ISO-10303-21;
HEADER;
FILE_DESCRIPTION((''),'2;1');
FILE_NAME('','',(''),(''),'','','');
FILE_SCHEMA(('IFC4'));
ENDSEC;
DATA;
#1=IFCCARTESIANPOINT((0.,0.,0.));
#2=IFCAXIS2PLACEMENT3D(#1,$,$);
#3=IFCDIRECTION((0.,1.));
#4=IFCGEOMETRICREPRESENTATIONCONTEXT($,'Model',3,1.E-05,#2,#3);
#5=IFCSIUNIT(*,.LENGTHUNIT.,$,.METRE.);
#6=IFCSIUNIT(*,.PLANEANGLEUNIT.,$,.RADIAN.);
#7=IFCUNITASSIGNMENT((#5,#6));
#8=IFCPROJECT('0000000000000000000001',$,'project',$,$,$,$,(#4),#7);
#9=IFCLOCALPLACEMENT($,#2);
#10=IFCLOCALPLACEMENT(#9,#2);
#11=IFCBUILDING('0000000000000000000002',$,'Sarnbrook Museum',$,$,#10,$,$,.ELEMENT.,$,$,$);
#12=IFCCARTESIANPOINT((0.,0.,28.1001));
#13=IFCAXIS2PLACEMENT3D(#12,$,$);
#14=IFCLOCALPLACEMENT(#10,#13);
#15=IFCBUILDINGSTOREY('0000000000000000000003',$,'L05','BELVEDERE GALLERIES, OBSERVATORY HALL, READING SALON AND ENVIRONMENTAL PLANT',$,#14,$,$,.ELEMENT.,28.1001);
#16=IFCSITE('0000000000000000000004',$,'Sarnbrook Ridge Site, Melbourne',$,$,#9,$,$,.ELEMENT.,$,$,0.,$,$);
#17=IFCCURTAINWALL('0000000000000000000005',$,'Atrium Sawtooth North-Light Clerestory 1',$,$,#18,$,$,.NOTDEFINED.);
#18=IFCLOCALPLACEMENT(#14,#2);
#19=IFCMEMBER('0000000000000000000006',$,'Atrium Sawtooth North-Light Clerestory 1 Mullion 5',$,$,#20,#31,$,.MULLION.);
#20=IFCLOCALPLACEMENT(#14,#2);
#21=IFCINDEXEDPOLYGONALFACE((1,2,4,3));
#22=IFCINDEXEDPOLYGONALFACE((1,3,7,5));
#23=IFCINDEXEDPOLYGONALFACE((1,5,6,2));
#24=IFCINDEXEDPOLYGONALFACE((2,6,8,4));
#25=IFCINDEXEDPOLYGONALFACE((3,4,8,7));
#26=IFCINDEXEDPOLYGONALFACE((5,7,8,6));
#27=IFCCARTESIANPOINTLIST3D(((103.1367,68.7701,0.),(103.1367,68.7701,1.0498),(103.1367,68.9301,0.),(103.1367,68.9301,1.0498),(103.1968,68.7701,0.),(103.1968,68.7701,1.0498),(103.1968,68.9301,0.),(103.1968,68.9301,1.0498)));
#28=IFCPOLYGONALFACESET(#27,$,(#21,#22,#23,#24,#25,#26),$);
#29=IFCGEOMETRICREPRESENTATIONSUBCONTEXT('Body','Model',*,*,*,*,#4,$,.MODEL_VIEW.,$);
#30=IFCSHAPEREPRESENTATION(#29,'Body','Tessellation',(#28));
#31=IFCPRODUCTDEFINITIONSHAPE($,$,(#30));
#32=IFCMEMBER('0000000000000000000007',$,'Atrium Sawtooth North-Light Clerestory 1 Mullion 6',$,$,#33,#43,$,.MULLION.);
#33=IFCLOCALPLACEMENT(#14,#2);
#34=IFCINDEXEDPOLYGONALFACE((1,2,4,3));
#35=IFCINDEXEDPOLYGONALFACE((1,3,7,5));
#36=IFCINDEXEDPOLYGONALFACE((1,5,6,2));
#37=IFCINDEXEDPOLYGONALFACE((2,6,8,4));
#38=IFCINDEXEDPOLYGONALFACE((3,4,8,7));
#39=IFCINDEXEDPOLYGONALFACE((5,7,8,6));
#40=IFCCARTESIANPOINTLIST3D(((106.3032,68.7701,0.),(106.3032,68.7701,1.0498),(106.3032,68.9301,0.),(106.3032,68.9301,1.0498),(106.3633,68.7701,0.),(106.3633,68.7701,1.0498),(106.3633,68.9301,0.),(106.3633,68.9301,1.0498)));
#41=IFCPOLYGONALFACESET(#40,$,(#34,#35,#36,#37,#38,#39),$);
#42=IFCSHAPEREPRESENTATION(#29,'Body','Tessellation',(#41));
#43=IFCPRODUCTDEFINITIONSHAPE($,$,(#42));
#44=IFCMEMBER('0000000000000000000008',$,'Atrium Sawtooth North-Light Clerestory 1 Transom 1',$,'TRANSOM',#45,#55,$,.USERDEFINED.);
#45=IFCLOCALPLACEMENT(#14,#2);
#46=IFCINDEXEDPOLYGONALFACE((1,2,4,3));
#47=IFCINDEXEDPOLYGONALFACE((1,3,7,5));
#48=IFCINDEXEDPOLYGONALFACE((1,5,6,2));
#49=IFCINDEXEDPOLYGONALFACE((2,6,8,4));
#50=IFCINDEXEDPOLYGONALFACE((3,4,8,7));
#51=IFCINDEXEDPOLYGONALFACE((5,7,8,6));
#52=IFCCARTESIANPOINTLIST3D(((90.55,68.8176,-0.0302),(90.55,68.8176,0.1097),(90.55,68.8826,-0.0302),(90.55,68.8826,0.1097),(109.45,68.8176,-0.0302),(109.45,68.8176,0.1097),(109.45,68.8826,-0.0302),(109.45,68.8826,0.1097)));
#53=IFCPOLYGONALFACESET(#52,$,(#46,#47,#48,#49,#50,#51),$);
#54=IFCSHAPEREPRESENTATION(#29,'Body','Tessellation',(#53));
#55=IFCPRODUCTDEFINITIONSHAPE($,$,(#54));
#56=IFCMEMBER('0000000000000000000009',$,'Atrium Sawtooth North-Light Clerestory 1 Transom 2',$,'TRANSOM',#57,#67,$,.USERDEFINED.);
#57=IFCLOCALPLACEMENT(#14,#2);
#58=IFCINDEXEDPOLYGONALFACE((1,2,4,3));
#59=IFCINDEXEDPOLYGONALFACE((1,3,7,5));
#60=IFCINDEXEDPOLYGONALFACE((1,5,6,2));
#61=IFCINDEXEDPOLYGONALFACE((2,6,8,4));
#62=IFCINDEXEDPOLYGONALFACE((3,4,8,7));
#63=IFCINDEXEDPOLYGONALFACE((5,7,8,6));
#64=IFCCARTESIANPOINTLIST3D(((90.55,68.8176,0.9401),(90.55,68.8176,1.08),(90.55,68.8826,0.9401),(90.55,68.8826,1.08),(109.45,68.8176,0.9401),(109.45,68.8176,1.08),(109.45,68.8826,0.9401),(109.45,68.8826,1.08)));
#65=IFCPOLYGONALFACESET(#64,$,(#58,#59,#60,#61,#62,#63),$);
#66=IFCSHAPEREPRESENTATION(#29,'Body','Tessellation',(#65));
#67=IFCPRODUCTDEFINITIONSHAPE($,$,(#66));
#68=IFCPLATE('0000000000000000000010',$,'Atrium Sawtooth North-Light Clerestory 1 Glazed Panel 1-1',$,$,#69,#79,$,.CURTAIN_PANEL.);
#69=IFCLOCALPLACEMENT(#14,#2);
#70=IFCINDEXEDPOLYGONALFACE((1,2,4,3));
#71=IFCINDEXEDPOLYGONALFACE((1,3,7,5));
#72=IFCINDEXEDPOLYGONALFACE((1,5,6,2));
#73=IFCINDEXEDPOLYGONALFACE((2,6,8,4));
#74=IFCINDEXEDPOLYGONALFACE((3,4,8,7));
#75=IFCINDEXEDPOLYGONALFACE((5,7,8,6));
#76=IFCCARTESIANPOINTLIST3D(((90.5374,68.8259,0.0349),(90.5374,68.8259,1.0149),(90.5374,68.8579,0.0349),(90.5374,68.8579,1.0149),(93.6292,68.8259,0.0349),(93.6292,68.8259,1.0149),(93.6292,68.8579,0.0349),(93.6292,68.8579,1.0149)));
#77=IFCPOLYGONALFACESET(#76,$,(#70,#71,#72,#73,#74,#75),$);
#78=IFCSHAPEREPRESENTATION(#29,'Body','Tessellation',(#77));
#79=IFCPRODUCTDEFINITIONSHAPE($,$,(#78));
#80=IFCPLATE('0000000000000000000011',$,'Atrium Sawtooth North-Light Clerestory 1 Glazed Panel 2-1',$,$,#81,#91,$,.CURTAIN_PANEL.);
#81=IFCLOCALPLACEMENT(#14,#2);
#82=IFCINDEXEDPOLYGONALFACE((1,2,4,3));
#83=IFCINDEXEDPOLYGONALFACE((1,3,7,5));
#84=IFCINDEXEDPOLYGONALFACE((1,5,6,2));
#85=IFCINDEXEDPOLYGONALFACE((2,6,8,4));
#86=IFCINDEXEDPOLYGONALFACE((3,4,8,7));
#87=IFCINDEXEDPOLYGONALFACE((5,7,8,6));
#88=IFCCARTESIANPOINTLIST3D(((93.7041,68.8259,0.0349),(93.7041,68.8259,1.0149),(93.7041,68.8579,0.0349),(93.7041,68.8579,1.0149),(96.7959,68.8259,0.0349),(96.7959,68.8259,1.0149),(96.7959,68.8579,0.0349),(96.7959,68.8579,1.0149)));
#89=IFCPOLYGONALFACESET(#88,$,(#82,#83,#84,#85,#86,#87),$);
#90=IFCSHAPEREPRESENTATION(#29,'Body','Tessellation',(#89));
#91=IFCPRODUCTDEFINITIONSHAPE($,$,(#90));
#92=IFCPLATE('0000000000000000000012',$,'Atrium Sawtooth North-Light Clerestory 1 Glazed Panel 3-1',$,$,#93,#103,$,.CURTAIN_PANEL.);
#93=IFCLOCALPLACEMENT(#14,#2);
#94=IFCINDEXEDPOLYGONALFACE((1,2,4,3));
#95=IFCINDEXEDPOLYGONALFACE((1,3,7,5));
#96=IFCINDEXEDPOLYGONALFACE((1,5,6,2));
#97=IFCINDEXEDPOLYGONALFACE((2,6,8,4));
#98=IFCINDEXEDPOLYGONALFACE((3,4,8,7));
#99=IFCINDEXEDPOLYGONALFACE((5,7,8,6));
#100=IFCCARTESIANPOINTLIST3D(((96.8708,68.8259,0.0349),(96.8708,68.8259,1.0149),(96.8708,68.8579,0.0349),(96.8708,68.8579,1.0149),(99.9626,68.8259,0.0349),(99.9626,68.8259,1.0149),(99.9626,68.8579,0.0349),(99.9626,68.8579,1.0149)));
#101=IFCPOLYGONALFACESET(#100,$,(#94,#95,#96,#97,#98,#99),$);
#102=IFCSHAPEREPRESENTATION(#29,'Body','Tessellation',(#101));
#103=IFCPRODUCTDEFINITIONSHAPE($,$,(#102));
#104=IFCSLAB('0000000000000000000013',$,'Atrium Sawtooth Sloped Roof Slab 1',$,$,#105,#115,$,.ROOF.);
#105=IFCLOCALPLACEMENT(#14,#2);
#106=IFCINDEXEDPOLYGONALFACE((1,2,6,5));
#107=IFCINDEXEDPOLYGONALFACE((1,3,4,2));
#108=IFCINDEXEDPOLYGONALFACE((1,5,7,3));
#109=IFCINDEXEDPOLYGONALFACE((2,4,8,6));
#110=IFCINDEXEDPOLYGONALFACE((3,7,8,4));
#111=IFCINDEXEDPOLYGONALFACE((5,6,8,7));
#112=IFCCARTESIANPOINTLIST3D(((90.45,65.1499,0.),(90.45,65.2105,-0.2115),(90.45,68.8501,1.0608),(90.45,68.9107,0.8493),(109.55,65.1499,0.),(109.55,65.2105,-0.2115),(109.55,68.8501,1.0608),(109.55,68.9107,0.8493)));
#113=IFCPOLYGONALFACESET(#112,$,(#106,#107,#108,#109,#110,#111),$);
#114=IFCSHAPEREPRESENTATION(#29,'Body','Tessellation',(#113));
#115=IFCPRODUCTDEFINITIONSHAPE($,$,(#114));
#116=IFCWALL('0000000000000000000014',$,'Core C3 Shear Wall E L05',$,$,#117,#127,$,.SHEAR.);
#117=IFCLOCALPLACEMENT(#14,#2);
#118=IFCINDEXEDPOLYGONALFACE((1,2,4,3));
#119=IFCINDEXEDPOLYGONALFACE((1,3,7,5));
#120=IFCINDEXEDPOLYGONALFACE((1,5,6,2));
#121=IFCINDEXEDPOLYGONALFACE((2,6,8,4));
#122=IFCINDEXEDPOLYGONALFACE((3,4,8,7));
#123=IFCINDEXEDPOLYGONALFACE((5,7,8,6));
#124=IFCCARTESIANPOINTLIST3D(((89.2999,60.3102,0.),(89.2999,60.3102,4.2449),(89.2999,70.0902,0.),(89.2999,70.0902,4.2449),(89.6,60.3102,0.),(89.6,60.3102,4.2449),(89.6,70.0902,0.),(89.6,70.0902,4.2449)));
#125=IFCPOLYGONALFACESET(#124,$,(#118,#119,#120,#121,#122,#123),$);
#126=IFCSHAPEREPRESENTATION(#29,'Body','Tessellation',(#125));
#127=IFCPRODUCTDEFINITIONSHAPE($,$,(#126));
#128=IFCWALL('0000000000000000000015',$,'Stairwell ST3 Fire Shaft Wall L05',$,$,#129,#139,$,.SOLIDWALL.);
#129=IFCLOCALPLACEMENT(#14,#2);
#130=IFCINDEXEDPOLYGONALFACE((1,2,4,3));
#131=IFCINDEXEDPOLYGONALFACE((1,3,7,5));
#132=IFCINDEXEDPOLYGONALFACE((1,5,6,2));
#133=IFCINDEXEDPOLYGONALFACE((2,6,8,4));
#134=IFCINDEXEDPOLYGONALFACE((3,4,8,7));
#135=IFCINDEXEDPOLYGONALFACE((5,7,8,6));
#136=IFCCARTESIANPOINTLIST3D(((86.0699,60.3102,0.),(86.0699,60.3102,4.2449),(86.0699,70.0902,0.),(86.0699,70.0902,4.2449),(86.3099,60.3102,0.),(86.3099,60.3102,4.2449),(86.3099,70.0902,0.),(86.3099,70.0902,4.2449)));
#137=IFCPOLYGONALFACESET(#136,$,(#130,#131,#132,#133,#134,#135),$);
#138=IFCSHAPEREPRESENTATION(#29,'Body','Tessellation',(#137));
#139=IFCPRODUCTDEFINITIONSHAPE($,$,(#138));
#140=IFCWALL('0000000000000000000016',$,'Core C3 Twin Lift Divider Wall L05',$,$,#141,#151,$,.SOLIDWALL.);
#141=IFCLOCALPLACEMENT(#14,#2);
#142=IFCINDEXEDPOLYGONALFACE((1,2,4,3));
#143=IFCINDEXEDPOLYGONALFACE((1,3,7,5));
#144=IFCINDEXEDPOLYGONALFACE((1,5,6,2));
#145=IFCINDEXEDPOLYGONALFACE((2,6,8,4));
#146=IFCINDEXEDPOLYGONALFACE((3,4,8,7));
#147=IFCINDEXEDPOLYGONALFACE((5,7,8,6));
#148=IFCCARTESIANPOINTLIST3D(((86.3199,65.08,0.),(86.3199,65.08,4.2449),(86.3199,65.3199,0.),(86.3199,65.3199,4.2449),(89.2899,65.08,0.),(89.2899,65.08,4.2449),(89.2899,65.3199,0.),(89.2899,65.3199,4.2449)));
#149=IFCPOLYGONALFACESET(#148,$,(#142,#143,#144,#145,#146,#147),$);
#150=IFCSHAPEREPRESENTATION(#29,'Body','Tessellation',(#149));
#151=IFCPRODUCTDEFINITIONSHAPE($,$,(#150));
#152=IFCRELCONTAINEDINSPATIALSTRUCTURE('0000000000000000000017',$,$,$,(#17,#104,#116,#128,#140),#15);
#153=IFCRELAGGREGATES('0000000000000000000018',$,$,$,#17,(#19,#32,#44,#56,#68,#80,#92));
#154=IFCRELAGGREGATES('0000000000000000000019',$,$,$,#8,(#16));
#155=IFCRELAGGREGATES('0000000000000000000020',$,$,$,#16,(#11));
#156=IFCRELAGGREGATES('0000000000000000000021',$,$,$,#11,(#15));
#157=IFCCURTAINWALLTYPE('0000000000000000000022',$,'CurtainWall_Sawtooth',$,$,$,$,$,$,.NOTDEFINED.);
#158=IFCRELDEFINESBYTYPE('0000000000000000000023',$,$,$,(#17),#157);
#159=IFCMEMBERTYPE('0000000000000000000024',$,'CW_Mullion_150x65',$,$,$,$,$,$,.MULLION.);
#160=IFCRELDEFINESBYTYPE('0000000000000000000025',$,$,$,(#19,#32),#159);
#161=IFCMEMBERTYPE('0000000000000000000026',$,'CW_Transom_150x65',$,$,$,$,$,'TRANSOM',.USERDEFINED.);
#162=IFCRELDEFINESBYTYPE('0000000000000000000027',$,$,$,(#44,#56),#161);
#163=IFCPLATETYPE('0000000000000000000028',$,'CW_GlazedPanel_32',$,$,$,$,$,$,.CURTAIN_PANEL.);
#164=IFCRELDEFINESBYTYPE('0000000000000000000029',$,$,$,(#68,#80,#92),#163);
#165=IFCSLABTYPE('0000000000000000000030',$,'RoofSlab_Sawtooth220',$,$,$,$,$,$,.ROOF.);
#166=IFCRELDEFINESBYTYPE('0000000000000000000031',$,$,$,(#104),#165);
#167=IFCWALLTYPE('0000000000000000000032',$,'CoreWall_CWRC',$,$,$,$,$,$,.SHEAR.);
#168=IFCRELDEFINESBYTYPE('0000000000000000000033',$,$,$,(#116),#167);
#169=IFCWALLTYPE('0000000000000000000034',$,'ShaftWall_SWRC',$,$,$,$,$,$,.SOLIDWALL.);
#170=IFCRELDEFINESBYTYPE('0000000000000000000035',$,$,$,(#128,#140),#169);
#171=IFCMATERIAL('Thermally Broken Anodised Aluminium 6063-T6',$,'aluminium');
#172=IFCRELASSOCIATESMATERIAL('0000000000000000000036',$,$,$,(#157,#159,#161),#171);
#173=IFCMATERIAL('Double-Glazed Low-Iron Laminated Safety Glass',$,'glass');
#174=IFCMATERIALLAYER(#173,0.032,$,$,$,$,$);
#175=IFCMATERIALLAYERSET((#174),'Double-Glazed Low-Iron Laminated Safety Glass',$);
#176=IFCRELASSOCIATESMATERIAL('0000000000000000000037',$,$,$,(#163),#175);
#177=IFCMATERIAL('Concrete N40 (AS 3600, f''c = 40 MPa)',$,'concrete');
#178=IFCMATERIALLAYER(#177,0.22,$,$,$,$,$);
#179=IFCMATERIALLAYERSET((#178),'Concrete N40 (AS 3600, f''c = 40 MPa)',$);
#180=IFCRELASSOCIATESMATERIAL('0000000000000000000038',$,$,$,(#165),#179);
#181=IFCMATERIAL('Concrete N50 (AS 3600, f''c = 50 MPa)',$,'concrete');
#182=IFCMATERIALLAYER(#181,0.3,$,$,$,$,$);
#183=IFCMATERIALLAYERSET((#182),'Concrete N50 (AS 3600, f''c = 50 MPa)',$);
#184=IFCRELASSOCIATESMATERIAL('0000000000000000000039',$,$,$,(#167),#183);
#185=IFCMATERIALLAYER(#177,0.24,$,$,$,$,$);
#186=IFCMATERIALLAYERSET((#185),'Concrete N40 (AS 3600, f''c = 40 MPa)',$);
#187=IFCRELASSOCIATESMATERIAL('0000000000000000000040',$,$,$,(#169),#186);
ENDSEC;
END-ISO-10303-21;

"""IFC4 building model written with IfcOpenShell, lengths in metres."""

from ifc_helpers import new_model, si_unit, direction, frame, frame_2d, origin, origin_2d, place, context, subcontext, project, spatial, polyline, rectangle, outline, extrude, material, layer, layer_set, material_profile, profile_set, type_object, element, aggregate, save


model = new_model("IFC4")

# Units and contexts
model_context = context("Model", 3, precision=1e-05, world=origin(), true_north=direction((0.0, 1.0)))
body_context = subcontext(model_context, "Body", "Model", "MODEL_VIEW")
ifc_project = project(units=[si_unit("LENGTHUNIT", "METRE"), si_unit("PLANEANGLEUNIT", "RADIAN")], contexts=[model_context])

# Site, building, storey
site_placement = place(None, origin())
site = spatial("IfcSite", under=ifc_project, at=site_placement, Name="Sarnbrook Ridge Site, Melbourne", CompositionType="ELEMENT", RefElevation=0.0)
building_placement = place(site_placement, origin())
building = spatial("IfcBuilding", under=site, at=building_placement, Name="Sarnbrook Museum", CompositionType="ELEMENT")
storey_placement = place(building_placement, frame((0.0, 0.0, 28.1001)))
storey = spatial("IfcBuildingStorey", under=building, at=storey_placement, Name="L05", Description="BELVEDERE GALLERIES, OBSERVATORY HALL, READING SALON AND ENVIRONMENTAL PLANT", CompositionType="ELEMENT", Elevation=28.1001)

# Curtain wall, members, plates
ifc_material_1 = material(Name="Thermally Broken Anodised Aluminium 6063-T6", Category="aluminium")
curtain_wall_type = type_object("IfcCurtainWallType", Name="CurtainWall_Sawtooth", PredefinedType="NOTDEFINED", material=ifc_material_1)
curtain_wall_placement = place(storey_placement, origin())
curtain_wall = element("IfcCurtainWall", 1, at=curtain_wall_placement, inside=storey, type_object=curtain_wall_type, Name="Atrium Sawtooth North-Light Clerestory 1", PredefinedType="NOTDEFINED")
ifc_material_profile_1 = material_profile(ifc_material_1, rectangle(XDim=0.0601, YDim=0.1599, at=origin_2d()), Name="ALU MULLION 60x160")
ifc_profile_set_1 = profile_set([ifc_material_profile_1], Name="Thermally Broken Anodised Aluminium 6063-T6")
member_type_1 = type_object("IfcMemberType", Name="CW_Mullion_150x65", PredefinedType="MULLION", material=ifc_profile_set_1)
member_1_placement = place(storey_placement, frame((103.1667, 68.8501, 0.0), z_axis=(0.0, 0.0, 1.0), x_axis=(1.0, 0.0, 0.0)))
member_1 = element("IfcMember", 2, at=member_1_placement, type_object=member_type_1, Name="Atrium Sawtooth North-Light Clerestory 1 Mullion 5", PredefinedType="MULLION", context=body_context, shape_type="SweptSolid", body=[
    extrude(rectangle(XDim=0.0601, YDim=0.1599, at=origin_2d()), origin(), (0.0, 0.0, 1.0), 1.0498),
])
member_2_placement = place(storey_placement, frame((106.3333, 68.8501, 0.0), z_axis=(0.0, 0.0, 1.0), x_axis=(1.0, 0.0, 0.0)))
member_2 = element("IfcMember", 3, at=member_2_placement, type_object=member_type_1, Name="Atrium Sawtooth North-Light Clerestory 1 Mullion 6", PredefinedType="MULLION", context=body_context, shape_type="SweptSolid", body=[
    extrude(rectangle(XDim=0.0601, YDim=0.1599, at=origin_2d()), origin(), (0.0, 0.0, 1.0), 1.0498),
])
ifc_material_profile_2 = material_profile(ifc_material_1, rectangle(XDim=0.0649, YDim=0.1399, at=origin_2d()), Name="ALU TRANSOM 65x140")
ifc_profile_set_2 = profile_set([ifc_material_profile_2], Name="Thermally Broken Anodised Aluminium 6063-T6")
member_type_2 = type_object("IfcMemberType", Name="CW_Transom_150x65", ElementType="TRANSOM", PredefinedType="USERDEFINED", material=ifc_profile_set_2)
member_3_placement = place(storey_placement, frame((90.55, 68.8501, 0.0398), z_axis=(1.0, 0.0, 0.0), x_axis=(0.0, 1.0, 0.0)))
member_3 = element("IfcMember", 4, at=member_3_placement, type_object=member_type_2, Name="Atrium Sawtooth North-Light Clerestory 1 Transom 1", ObjectType="TRANSOM", PredefinedType="USERDEFINED", context=body_context, shape_type="SweptSolid", body=[
    extrude(rectangle(XDim=0.0649, YDim=0.1399, at=origin_2d()), origin(), (0.0, 0.0, 1.0), 18.8999),
])
member_4_placement = place(storey_placement, frame((90.55, 68.8501, 1.01), z_axis=(1.0, 0.0, 0.0), x_axis=(0.0, 1.0, 0.0)))
member_4 = element("IfcMember", 5, at=member_4_placement, type_object=member_type_2, Name="Atrium Sawtooth North-Light Clerestory 1 Transom 2", ObjectType="TRANSOM", PredefinedType="USERDEFINED", context=body_context, shape_type="SweptSolid", body=[
    extrude(rectangle(XDim=0.0649, YDim=0.1399, at=origin_2d()), origin(), (0.0, 0.0, 1.0), 18.8999),
])
ifc_material_2 = material(Name="Double-Glazed Low-Iron Laminated Safety Glass", Category="glass")
ifc_layer_1 = layer(ifc_material_2, 0.032)
ifc_layer_set_1 = layer_set([ifc_layer_1], Name="Double-Glazed Low-Iron Laminated Safety Glass")
plate_type = type_object("IfcPlateType", Name="CW_GlazedPanel_32", PredefinedType="CURTAIN_PANEL", material=ifc_layer_set_1)
plate_1_placement = place(storey_placement, frame((92.0833, 68.8579, 0.5249), z_axis=(0.0, -1.0, 0.0), x_axis=(1.0, 0.0, 0.0)))
plate_1 = element("IfcPlate", 6, at=plate_1_placement, type_object=plate_type, Name="Atrium Sawtooth North-Light Clerestory 1 Glazed Panel 1-1", PredefinedType="CURTAIN_PANEL", context=body_context, shape_type="SweptSolid", body=[
    extrude(rectangle(XDim=3.0918, YDim=0.98, at=origin_2d()), origin(), (0.0, 0.0, 1.0), 0.032),
])
plate_2_placement = place(storey_placement, frame((95.25, 68.8579, 0.5249), z_axis=(0.0, -1.0, 0.0), x_axis=(1.0, 0.0, 0.0)))
plate_2 = element("IfcPlate", 7, at=plate_2_placement, type_object=plate_type, Name="Atrium Sawtooth North-Light Clerestory 1 Glazed Panel 2-1", PredefinedType="CURTAIN_PANEL", context=body_context, shape_type="SweptSolid", body=[
    extrude(rectangle(XDim=3.0918, YDim=0.98, at=origin_2d()), origin(), (0.0, 0.0, 1.0), 0.032),
])
plate_3_placement = place(storey_placement, frame((98.4167, 68.8579, 0.5249), z_axis=(0.0, -1.0, 0.0), x_axis=(1.0, 0.0, 0.0)))
plate_3 = element("IfcPlate", 8, at=plate_3_placement, type_object=plate_type, Name="Atrium Sawtooth North-Light Clerestory 1 Glazed Panel 3-1", PredefinedType="CURTAIN_PANEL", context=body_context, shape_type="SweptSolid", body=[
    extrude(rectangle(XDim=3.0918, YDim=0.98, at=origin_2d()), origin(), (0.0, 0.0, 1.0), 0.032),
])
aggregate(curtain_wall, [member_1, member_2, member_3, member_4, plate_1, plate_2, plate_3])

# Slab
ifc_material_3 = material(Name="Concrete N40 (AS 3600, f'c = 40 MPa)", Category="concrete")
ifc_layer_2 = layer(ifc_material_3, 0.22)
ifc_layer_set_2 = layer_set([ifc_layer_2], Name="Concrete N40 (AS 3600, f'c = 40 MPa)")
slab_type = type_object("IfcSlabType", Name="RoofSlab_Sawtooth220", PredefinedType="ROOF", material=ifc_layer_set_2)
slab_placement = place(storey_placement, frame((90.45, 65.1499, 0.0), z_axis=(0.0, -0.275584, 0.961277), x_axis=(1.0, 0.0, 0.0)))
element("IfcSlab", 9, at=slab_placement, inside=storey, type_object=slab_type, Name="Atrium Sawtooth Sloped Roof Slab 1", PredefinedType="ROOF", context=body_context, shape_type="SweptSolid", body=[
    extrude(outline(polyline([(0.0, 0.0), (19.1001, 0.0), (19.1001, 3.8492), (0.0, 3.8492), (0.0, 0.0)])), origin(), (0.0, 0.0, -1.0), 0.22),
])

# Walls
ifc_material_4 = material(Name="Concrete N50 (AS 3600, f'c = 50 MPa)", Category="concrete")
ifc_layer_3 = layer(ifc_material_4, 0.3)
ifc_layer_set_3 = layer_set([ifc_layer_3], Name="Concrete N50 (AS 3600, f'c = 50 MPa)")
wall_type_1 = type_object("IfcWallType", Name="CoreWall_CWRC", PredefinedType="SHEAR", material=ifc_layer_set_3)
wall_1_placement = place(storey_placement, frame((89.45, 60.3101, 0.0), z_axis=(0.0, 0.0, 1.0), x_axis=(0.0, 1.0, 0.0)))
element("IfcWall", 10, at=wall_1_placement, inside=storey, type_object=wall_type_1, Name="Core C3 Shear Wall E L05", PredefinedType="SHEAR", context=body_context, shape_type="SweptSolid", body=[
    extrude(rectangle(XDim=9.78, YDim=0.3, at=frame_2d((4.8901, 0.0))), origin(), (0.0, 0.0, 1.0), 4.2449),
])
ifc_layer_4 = layer(ifc_material_3, 0.24)
ifc_layer_set_4 = layer_set([ifc_layer_4], Name="Concrete N40 (AS 3600, f'c = 40 MPa)")
wall_type_2 = type_object("IfcWallType", Name="ShaftWall_SWRC", PredefinedType="SOLIDWALL", material=ifc_layer_set_4)
wall_2_placement = place(storey_placement, frame((86.1899, 60.3101, 0.0), z_axis=(0.0, 0.0, 1.0), x_axis=(0.0, 1.0, 0.0)))
element("IfcWall", 11, at=wall_2_placement, inside=storey, type_object=wall_type_2, Name="Stairwell ST3 Fire Shaft Wall L05", PredefinedType="SOLIDWALL", context=body_context, shape_type="SweptSolid", body=[
    extrude(rectangle(XDim=9.78, YDim=0.24, at=frame_2d((4.8901, 0.0))), origin(), (0.0, 0.0, 1.0), 4.2449),
])
wall_3_placement = place(storey_placement, frame((86.3201, 65.2, 0.0), z_axis=(0.0, 0.0, 1.0), x_axis=(1.0, 0.0, 0.0)))
element("IfcWall", 12, at=wall_3_placement, inside=storey, type_object=wall_type_2, Name="Core C3 Twin Lift Divider Wall L05", PredefinedType="SOLIDWALL", context=body_context, shape_type="SweptSolid", body=[
    extrude(rectangle(XDim=2.97, YDim=0.24, at=frame_2d((1.4849, 0.0))), origin(), (0.0, 0.0, 1.0), 4.2449),
])

save(model, "model.ifc")
